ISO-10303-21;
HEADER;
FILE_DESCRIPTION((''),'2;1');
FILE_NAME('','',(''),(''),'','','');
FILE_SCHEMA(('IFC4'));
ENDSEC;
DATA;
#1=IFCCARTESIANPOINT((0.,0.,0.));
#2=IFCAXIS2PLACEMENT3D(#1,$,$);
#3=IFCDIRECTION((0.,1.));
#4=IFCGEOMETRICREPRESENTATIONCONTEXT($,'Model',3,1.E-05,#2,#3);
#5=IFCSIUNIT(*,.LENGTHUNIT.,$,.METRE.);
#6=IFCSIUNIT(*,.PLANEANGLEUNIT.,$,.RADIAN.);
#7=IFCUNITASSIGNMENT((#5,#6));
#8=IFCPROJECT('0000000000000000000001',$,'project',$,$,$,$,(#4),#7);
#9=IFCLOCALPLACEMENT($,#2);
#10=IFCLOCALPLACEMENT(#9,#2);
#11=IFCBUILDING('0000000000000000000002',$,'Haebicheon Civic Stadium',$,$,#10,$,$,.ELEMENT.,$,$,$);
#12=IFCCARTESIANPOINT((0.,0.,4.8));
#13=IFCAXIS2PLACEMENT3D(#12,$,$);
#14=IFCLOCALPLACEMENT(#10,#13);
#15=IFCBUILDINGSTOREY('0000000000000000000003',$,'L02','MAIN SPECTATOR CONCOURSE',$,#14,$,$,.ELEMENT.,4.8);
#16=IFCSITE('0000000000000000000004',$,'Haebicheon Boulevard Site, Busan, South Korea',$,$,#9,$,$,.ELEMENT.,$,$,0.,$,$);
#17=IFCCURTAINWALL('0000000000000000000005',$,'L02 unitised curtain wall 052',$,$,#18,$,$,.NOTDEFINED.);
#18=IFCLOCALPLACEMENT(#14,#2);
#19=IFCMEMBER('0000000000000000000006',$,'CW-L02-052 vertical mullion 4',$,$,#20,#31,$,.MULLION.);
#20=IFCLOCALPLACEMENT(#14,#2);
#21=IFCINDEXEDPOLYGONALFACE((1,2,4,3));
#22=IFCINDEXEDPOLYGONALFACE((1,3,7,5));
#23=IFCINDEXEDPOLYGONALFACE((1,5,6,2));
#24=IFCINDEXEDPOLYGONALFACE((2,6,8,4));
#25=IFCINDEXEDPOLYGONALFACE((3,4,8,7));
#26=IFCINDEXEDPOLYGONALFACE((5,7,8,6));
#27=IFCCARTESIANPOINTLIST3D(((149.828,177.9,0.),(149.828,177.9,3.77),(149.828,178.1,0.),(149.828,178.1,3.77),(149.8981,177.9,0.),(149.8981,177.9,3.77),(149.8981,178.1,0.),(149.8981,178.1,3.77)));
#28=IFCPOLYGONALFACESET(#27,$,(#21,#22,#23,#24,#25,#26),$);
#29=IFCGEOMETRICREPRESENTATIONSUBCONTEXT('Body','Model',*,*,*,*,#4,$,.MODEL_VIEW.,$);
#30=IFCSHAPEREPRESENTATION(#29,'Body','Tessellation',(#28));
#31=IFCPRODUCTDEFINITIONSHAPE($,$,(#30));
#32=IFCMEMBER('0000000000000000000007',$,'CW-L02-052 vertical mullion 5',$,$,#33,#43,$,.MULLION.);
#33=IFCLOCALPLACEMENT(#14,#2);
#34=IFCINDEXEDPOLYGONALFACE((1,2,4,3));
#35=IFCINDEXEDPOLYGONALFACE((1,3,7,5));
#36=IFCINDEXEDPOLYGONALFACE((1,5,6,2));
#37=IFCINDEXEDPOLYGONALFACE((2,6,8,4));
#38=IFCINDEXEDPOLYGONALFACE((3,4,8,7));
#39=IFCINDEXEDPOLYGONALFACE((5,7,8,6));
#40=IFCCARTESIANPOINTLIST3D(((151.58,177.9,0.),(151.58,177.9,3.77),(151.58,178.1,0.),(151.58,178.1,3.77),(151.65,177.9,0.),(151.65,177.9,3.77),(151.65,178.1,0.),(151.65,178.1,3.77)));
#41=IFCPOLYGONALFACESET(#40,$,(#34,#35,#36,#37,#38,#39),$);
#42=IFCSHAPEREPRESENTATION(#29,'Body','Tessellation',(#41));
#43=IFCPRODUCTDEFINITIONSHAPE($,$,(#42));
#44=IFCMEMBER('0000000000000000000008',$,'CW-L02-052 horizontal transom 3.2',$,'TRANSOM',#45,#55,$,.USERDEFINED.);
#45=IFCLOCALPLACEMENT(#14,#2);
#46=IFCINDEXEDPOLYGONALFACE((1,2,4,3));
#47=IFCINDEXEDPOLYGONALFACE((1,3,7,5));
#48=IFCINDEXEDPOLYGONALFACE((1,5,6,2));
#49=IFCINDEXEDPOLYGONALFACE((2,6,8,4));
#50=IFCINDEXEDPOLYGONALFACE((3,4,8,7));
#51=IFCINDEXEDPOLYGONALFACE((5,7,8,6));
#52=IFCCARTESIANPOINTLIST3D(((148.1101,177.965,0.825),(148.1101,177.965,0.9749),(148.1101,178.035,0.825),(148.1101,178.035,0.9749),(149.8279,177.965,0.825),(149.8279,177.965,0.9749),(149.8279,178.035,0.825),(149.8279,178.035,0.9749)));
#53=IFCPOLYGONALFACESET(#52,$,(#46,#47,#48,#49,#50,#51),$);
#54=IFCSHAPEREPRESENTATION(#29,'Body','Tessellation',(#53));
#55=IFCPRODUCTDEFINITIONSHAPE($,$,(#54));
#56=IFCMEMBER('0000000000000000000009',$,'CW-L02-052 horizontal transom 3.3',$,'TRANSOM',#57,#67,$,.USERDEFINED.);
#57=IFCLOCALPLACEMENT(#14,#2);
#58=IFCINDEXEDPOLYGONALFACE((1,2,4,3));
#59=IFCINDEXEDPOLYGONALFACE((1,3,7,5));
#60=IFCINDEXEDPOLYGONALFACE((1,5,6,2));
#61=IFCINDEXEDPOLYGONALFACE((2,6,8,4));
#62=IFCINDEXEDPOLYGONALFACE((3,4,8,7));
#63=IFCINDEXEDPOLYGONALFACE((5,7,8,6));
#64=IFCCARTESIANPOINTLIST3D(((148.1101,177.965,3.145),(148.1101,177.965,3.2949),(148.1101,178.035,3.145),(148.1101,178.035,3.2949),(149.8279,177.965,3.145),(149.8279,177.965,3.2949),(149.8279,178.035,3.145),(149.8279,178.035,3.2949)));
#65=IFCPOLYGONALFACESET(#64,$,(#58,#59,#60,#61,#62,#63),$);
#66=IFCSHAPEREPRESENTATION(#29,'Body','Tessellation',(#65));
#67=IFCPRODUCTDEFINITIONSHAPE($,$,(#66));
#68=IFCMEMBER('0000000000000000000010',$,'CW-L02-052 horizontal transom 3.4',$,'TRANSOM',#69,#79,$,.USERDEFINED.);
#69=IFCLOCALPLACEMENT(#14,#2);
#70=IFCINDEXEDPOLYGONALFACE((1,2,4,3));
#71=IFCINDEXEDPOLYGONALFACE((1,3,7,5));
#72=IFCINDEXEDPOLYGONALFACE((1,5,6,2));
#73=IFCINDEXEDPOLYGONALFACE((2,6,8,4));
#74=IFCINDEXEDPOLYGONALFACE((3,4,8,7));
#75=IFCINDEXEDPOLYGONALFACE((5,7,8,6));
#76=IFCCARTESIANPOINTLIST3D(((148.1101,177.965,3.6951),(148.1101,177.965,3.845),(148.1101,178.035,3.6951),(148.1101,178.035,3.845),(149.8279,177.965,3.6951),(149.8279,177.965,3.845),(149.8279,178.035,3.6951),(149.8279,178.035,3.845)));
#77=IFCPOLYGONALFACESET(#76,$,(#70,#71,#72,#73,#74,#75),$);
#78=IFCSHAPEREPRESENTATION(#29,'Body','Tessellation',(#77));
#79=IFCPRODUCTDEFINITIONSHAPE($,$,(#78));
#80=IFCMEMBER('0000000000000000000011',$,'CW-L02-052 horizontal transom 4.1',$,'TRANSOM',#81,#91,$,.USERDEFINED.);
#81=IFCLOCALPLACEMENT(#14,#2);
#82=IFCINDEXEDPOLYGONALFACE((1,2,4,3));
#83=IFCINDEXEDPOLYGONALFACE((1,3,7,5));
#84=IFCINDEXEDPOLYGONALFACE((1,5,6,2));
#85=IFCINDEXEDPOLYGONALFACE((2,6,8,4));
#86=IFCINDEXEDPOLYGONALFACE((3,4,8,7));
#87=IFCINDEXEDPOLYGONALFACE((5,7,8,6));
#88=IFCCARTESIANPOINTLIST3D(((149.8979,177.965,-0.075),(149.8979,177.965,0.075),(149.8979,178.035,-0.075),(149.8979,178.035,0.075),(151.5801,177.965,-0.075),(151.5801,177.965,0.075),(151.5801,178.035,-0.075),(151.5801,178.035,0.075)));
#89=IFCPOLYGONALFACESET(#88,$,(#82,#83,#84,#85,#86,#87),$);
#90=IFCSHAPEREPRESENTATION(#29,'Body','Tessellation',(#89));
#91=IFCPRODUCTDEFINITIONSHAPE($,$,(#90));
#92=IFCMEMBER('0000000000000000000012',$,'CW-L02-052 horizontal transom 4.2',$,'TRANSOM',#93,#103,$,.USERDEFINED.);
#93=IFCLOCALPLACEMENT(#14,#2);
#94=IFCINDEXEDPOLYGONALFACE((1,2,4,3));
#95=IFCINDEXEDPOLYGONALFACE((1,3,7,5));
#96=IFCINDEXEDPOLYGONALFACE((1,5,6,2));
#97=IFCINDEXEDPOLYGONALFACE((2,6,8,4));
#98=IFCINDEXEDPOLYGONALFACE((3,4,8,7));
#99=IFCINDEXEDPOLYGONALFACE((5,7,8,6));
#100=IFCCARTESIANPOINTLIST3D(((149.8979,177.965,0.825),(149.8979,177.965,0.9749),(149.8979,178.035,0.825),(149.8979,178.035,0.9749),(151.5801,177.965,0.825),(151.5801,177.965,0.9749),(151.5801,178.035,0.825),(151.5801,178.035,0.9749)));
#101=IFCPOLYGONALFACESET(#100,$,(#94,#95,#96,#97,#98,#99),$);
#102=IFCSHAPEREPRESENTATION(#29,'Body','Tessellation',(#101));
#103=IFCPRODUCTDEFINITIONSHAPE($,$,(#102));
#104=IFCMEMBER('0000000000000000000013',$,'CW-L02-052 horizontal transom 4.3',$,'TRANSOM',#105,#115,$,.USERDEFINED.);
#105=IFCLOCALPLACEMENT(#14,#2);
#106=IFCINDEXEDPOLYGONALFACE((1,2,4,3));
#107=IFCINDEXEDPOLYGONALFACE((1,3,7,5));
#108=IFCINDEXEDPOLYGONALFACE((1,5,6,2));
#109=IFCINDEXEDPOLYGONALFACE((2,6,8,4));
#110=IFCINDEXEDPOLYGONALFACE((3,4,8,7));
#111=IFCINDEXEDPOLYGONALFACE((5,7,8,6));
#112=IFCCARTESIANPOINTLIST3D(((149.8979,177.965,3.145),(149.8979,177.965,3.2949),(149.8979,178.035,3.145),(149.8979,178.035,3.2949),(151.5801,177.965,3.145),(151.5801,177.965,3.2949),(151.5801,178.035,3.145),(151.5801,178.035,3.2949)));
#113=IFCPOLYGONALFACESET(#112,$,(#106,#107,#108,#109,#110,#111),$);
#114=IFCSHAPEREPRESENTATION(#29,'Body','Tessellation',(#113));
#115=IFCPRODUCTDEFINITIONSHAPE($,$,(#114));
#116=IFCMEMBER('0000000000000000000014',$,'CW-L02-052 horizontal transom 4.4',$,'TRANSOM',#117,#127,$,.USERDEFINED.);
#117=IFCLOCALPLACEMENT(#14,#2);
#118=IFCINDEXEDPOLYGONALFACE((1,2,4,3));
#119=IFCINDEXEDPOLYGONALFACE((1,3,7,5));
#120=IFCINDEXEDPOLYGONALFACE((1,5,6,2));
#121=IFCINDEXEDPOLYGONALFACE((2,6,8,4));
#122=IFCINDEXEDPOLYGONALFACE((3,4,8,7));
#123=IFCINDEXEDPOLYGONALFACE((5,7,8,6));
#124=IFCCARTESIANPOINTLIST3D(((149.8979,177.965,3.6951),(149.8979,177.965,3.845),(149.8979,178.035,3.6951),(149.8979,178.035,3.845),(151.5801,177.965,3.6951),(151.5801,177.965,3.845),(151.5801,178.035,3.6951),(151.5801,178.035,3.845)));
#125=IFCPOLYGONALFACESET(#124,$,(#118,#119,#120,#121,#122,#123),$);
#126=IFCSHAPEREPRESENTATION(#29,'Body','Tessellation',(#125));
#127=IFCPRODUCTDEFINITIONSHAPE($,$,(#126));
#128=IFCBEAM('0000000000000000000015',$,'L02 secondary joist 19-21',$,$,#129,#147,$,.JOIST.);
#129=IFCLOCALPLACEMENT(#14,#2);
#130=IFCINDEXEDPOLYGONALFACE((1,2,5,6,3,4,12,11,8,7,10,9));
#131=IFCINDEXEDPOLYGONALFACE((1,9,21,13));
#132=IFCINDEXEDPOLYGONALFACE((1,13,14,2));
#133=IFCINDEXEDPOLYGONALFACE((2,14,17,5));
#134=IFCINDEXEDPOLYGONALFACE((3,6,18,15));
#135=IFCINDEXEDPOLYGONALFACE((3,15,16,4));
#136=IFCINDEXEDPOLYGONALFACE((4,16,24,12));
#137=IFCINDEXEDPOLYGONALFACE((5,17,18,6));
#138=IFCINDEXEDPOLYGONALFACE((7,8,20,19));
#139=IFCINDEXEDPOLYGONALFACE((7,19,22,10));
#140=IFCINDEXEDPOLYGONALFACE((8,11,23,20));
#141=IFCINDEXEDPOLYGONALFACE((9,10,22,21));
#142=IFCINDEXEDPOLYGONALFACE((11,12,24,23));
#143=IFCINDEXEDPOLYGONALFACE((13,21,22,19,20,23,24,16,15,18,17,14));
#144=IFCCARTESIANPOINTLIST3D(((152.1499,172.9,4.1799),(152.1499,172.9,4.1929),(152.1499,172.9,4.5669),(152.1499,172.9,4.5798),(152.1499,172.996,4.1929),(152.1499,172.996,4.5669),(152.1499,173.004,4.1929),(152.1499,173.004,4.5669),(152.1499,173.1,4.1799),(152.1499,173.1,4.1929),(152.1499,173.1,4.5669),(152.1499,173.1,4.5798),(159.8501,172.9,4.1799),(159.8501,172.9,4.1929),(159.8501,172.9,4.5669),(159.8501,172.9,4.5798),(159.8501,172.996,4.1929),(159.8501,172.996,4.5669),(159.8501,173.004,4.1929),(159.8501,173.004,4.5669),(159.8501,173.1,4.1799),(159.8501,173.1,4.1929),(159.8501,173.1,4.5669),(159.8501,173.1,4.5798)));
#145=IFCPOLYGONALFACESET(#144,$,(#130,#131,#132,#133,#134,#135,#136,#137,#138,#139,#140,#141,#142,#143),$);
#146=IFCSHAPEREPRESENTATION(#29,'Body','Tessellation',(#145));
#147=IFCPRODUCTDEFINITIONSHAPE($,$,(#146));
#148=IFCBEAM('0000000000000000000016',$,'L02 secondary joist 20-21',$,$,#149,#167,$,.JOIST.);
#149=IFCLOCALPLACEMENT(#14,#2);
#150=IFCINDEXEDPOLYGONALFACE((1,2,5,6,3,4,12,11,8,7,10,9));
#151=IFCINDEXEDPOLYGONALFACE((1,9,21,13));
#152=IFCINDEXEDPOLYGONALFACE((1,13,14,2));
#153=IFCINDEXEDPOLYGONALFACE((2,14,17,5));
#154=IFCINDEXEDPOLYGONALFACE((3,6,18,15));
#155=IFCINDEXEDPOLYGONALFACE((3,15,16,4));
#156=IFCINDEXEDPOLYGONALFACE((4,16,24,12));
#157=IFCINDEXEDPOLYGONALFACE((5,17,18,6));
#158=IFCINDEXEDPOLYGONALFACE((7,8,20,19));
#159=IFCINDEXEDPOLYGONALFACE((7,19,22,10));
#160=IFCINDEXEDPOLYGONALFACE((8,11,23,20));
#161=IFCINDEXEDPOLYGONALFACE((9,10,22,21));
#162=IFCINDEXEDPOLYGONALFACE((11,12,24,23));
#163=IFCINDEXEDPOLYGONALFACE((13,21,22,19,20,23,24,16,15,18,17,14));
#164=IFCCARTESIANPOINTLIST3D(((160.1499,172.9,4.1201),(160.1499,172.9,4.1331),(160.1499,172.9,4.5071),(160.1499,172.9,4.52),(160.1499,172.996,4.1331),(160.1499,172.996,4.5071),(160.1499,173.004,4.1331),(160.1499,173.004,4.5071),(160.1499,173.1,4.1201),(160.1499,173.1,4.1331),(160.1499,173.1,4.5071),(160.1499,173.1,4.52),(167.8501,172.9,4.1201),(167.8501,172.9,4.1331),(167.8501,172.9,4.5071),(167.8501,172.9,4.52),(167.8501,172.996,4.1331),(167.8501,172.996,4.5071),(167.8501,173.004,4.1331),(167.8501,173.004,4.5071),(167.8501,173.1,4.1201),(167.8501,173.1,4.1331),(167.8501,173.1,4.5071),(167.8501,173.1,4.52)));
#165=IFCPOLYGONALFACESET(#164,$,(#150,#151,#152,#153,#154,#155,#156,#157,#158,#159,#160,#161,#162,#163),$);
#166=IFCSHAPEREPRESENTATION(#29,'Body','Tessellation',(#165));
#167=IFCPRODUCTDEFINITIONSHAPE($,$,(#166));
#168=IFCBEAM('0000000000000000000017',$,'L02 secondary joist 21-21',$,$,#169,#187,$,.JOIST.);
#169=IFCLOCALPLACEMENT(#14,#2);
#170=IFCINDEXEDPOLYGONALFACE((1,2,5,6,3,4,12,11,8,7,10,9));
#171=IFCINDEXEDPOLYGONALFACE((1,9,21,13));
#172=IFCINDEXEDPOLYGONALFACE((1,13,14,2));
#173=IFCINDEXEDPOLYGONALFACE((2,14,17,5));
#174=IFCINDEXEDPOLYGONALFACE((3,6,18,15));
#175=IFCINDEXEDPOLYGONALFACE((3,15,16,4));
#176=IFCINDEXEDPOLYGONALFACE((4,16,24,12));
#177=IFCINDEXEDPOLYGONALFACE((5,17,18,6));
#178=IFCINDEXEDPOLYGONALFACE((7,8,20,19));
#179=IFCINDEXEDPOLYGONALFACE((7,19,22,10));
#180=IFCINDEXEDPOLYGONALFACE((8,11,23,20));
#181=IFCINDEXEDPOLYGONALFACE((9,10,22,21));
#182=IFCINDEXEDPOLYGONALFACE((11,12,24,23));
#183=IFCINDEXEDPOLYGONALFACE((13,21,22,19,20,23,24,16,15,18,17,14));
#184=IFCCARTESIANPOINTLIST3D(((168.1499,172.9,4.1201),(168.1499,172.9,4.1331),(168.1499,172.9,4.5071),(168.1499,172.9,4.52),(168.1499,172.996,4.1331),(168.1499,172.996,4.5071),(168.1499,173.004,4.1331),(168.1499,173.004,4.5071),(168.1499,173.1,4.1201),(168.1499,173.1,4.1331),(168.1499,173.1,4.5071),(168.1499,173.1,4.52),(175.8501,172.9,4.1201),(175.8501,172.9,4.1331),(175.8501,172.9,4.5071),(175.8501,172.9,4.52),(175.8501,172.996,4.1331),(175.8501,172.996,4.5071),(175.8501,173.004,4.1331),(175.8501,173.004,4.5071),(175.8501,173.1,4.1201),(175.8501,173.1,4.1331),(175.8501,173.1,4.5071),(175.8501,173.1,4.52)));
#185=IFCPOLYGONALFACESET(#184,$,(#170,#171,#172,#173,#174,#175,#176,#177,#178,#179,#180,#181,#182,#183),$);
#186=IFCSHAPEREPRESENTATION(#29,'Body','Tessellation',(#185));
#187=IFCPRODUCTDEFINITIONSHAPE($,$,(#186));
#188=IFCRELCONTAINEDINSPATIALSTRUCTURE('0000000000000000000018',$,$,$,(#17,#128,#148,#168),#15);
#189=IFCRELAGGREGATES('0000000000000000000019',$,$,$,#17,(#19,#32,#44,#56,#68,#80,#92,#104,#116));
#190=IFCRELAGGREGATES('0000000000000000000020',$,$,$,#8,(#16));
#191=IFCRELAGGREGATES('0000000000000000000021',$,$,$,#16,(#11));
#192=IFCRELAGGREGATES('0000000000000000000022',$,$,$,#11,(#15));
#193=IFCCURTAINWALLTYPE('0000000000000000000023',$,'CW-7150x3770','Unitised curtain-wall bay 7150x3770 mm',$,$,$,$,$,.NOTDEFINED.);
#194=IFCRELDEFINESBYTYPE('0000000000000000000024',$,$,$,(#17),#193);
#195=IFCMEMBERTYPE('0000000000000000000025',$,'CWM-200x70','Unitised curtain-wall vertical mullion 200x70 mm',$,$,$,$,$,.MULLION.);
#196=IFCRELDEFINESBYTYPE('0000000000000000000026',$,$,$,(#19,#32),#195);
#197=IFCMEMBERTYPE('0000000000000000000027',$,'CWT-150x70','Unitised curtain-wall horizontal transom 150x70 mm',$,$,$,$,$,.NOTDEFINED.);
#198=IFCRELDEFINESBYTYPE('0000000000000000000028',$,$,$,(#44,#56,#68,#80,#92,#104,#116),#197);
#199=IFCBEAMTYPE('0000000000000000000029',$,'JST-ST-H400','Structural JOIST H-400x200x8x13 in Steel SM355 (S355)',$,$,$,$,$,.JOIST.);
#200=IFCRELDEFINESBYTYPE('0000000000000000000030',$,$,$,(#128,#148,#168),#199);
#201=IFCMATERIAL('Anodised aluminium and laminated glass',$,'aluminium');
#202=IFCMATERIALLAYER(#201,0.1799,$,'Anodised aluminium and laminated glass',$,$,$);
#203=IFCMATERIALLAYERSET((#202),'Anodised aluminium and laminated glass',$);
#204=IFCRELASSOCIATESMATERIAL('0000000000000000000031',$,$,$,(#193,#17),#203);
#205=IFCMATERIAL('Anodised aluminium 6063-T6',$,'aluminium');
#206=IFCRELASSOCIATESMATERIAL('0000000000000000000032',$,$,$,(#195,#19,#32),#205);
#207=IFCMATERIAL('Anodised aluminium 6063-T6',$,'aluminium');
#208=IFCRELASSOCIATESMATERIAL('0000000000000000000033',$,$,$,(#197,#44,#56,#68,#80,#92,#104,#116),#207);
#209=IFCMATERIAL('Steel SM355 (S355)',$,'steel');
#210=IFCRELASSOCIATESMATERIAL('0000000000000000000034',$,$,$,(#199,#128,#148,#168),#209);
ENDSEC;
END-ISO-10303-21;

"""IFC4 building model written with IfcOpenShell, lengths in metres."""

from ifc_helpers import new_model, si_unit, direction, frame, origin, origin_2d, place, context, subcontext, project, spatial, rectangle, i_section, extrude, material, layer, layer_set, material_profile, profile_set, type_object, element, aggregate, save


model = new_model("IFC4")

# Units and contexts
model_context = context("Model", 3, precision=1e-05, world=origin(), true_north=direction((0.0, 1.0)))
body_context = subcontext(model_context, "Body", "Model", "MODEL_VIEW")
ifc_project = project(units=[si_unit("LENGTHUNIT", "METRE"), si_unit("PLANEANGLEUNIT", "RADIAN")], contexts=[model_context])

# Site, building, storey
site_placement = place(None, origin())
site = spatial("IfcSite", under=ifc_project, at=site_placement, Name="Haebicheon Boulevard Site, Busan, South Korea", CompositionType="ELEMENT", RefElevation=0.0)
building_placement = place(site_placement, origin())
building = spatial("IfcBuilding", under=site, at=building_placement, Name="Haebicheon Civic Stadium", CompositionType="ELEMENT")
storey_placement = place(building_placement, frame((0.0, 0.0, 4.8)))
storey = spatial("IfcBuildingStorey", under=building, at=storey_placement, Name="L02", Description="MAIN SPECTATOR CONCOURSE", CompositionType="ELEMENT", Elevation=4.8)

# Curtain wall, members
ifc_material_1 = material(Name="Anodised aluminium and laminated glass", Category="aluminium")
ifc_layer_1 = layer(ifc_material_1, 0.1799, Name="Anodised aluminium and laminated glass")
ifc_layer_set_1 = layer_set([ifc_layer_1], Name="Anodised aluminium and laminated glass")
curtain_wall_type = type_object("IfcCurtainWallType", Name="CW-7150x3770", Description="Unitised curtain-wall bay 7150x3770 mm", PredefinedType="NOTDEFINED", material=ifc_layer_set_1)
curtain_wall_placement = place(storey_placement, origin())
curtain_wall = element("IfcCurtainWall", 1, at=curtain_wall_placement, inside=storey, type_object=curtain_wall_type, material=ifc_layer_set_1, Name="L02 unitised curtain wall 052", PredefinedType="NOTDEFINED")
ifc_material_2 = material(Name="Anodised aluminium 6063-T6", Category="aluminium")
ifc_material_profile_1 = material_profile(ifc_material_2, rectangle(XDim=0.0701, YDim=0.2, at=origin_2d()), Name="ALU-MULL-70x200")
ifc_profile_set_1 = profile_set([ifc_material_profile_1], Name="Anodised aluminium 6063-T6")
member_type_1 = type_object("IfcMemberType", Name="CWM-200x70", Description="Unitised curtain-wall vertical mullion 200x70 mm", PredefinedType="MULLION", material=ifc_profile_set_1)
member_1_placement = place(storey_placement, frame((149.863, 178.0, 0.0), z_axis=(0.0, 0.0, 1.0), x_axis=(1.0, 0.0, 0.0)))
member_1 = element("IfcMember", 2, at=member_1_placement, type_object=member_type_1, material=ifc_profile_set_1, Name="CW-L02-052 vertical mullion 4", PredefinedType="MULLION", context=body_context, shape_type="SweptSolid", body=[
    extrude(rectangle(XDim=0.0701, YDim=0.2, at=origin_2d()), origin(), (0.0, 0.0, 1.0), 3.77),
])
member_2_placement = place(storey_placement, frame((151.615, 178.0, 0.0), z_axis=(0.0, 0.0, 1.0), x_axis=(1.0, 0.0, 0.0)))
member_2 = element("IfcMember", 3, at=member_2_placement, type_object=member_type_1, material=ifc_profile_set_1, Name="CW-L02-052 vertical mullion 5", PredefinedType="MULLION", context=body_context, shape_type="SweptSolid", body=[
    extrude(rectangle(XDim=0.0701, YDim=0.2, at=origin_2d()), origin(), (0.0, 0.0, 1.0), 3.77),
])
ifc_material_3 = material(Name="Anodised aluminium 6063-T6", Category="aluminium")
ifc_material_profile_2 = material_profile(ifc_material_3, rectangle(XDim=0.0701, YDim=0.1499, at=origin_2d()), Name="ALU-TRAN-70x150")
ifc_profile_set_2 = profile_set([ifc_material_profile_2], Name="Anodised aluminium 6063-T6")
member_type_2 = type_object("IfcMemberType", Name="CWT-150x70", Description="Unitised curtain-wall horizontal transom 150x70 mm", PredefinedType="NOTDEFINED", material=ifc_profile_set_2)
member_3_placement = place(storey_placement, frame((148.1101, 178.0, 0.8999), z_axis=(1.0, 0.0, 0.0), x_axis=(0.0, 1.0, 0.0)))
member_3 = element("IfcMember", 4, at=member_3_placement, type_object=member_type_2, material=ifc_profile_set_2, Name="CW-L02-052 horizontal transom 3.2", ObjectType="TRANSOM", PredefinedType="USERDEFINED", context=body_context, shape_type="SweptSolid", body=[
    extrude(rectangle(XDim=0.0701, YDim=0.1499, at=origin_2d()), origin(), (0.0, 0.0, 1.0), 1.7178),
])
member_4_placement = place(storey_placement, frame((148.1101, 178.0, 3.22), z_axis=(1.0, 0.0, 0.0), x_axis=(0.0, 1.0, 0.0)))
member_4 = element("IfcMember", 5, at=member_4_placement, type_object=member_type_2, material=ifc_profile_set_2, Name="CW-L02-052 horizontal transom 3.3", ObjectType="TRANSOM", PredefinedType="USERDEFINED", context=body_context, shape_type="SweptSolid", body=[
    extrude(rectangle(XDim=0.0701, YDim=0.1499, at=origin_2d()), origin(), (0.0, 0.0, 1.0), 1.7178),
])
member_5_placement = place(storey_placement, frame((148.1101, 178.0, 3.77), z_axis=(1.0, 0.0, 0.0), x_axis=(0.0, 1.0, 0.0)))
member_5 = element("IfcMember", 6, at=member_5_placement, type_object=member_type_2, material=ifc_profile_set_2, Name="CW-L02-052 horizontal transom 3.4", ObjectType="TRANSOM", PredefinedType="USERDEFINED", context=body_context, shape_type="SweptSolid", body=[
    extrude(rectangle(XDim=0.0701, YDim=0.1499, at=origin_2d()), origin(), (0.0, 0.0, 1.0), 1.7178),
])
member_6_placement = place(storey_placement, frame((149.8979, 178.0, 0.0), z_axis=(1.0, 0.0, 0.0), x_axis=(0.0, 1.0, 0.0)))
member_6 = element("IfcMember", 7, at=member_6_placement, type_object=member_type_2, material=ifc_profile_set_2, Name="CW-L02-052 horizontal transom 4.1", ObjectType="TRANSOM", PredefinedType="USERDEFINED", context=body_context, shape_type="SweptSolid", body=[
    extrude(rectangle(XDim=0.0701, YDim=0.1499, at=origin_2d()), origin(), (0.0, 0.0, 1.0), 1.6821),
])
member_7_placement = place(storey_placement, frame((149.8979, 178.0, 0.8999), z_axis=(1.0, 0.0, 0.0), x_axis=(0.0, 1.0, 0.0)))
member_7 = element("IfcMember", 8, at=member_7_placement, type_object=member_type_2, material=ifc_profile_set_2, Name="CW-L02-052 horizontal transom 4.2", ObjectType="TRANSOM", PredefinedType="USERDEFINED", context=body_context, shape_type="SweptSolid", body=[
    extrude(rectangle(XDim=0.0701, YDim=0.1499, at=origin_2d()), origin(), (0.0, 0.0, 1.0), 1.6821),
])
member_8_placement = place(storey_placement, frame((149.8979, 178.0, 3.22), z_axis=(1.0, 0.0, 0.0), x_axis=(0.0, 1.0, 0.0)))
member_8 = element("IfcMember", 9, at=member_8_placement, type_object=member_type_2, material=ifc_profile_set_2, Name="CW-L02-052 horizontal transom 4.3", ObjectType="TRANSOM", PredefinedType="USERDEFINED", context=body_context, shape_type="SweptSolid", body=[
    extrude(rectangle(XDim=0.0701, YDim=0.1499, at=origin_2d()), origin(), (0.0, 0.0, 1.0), 1.6821),
])
member_9_placement = place(storey_placement, frame((149.8979, 178.0, 3.77), z_axis=(1.0, 0.0, 0.0), x_axis=(0.0, 1.0, 0.0)))
member_9 = element("IfcMember", 10, at=member_9_placement, type_object=member_type_2, material=ifc_profile_set_2, Name="CW-L02-052 horizontal transom 4.4", ObjectType="TRANSOM", PredefinedType="USERDEFINED", context=body_context, shape_type="SweptSolid", body=[
    extrude(rectangle(XDim=0.0701, YDim=0.1499, at=origin_2d()), origin(), (0.0, 0.0, 1.0), 1.6821),
])

# Beams
ifc_material_4 = material(Name="Steel SM355 (S355)", Category="steel")
ifc_material_profile_3 = material_profile(ifc_material_4, i_section(OverallWidth=0.2, OverallDepth=0.3999, WebThickness=0.0081, FlangeThickness=0.0129, at=origin_2d()), Name="H-400x200x8x13")
ifc_profile_set_3 = profile_set([ifc_material_profile_3], Name="Steel SM355 (S355)")
beam_type_1 = type_object("IfcBeamType", Name="JST-ST-H400", Description="Structural JOIST H-400x200x8x13 in Steel SM355 (S355)", PredefinedType="JOIST", material=ifc_profile_set_3)
for number, where, z_axis, x_axis, name in (
    (11, (152.1499, 173.0, 4.3799), (1.0, 0.0, 0.0), (0.0, 1.0, 0.0), "L02 secondary joist 19-21"),
    (12, (160.1499, 173.0, 4.3201), (1.0, 0.0, 0.0), (0.0, 1.0, 0.0), "L02 secondary joist 20-21"),
    (13, (168.1499, 173.0, 4.3201), (1.0, 0.0, 0.0), (0.0, 1.0, 0.0), "L02 secondary joist 21-21"),
):
    element("IfcBeam", number, at=place(storey_placement, frame(where, z_axis=z_axis, x_axis=x_axis)), inside=storey, type_object=beam_type_1, material=ifc_profile_set_3, Name=name, PredefinedType="JOIST", context=body_context, shape_type="SweptSolid", body=[
        extrude(i_section(OverallWidth=0.2, OverallDepth=0.3999, WebThickness=0.0081, FlangeThickness=0.0129, at=origin_2d()), origin(), (0.0, 0.0, 1.0), 7.7002),
    ])

aggregate(curtain_wall, [member_1, member_2, member_3, member_4, member_5, member_6, member_7, member_8, member_9])

save(model, "model.ifc")
